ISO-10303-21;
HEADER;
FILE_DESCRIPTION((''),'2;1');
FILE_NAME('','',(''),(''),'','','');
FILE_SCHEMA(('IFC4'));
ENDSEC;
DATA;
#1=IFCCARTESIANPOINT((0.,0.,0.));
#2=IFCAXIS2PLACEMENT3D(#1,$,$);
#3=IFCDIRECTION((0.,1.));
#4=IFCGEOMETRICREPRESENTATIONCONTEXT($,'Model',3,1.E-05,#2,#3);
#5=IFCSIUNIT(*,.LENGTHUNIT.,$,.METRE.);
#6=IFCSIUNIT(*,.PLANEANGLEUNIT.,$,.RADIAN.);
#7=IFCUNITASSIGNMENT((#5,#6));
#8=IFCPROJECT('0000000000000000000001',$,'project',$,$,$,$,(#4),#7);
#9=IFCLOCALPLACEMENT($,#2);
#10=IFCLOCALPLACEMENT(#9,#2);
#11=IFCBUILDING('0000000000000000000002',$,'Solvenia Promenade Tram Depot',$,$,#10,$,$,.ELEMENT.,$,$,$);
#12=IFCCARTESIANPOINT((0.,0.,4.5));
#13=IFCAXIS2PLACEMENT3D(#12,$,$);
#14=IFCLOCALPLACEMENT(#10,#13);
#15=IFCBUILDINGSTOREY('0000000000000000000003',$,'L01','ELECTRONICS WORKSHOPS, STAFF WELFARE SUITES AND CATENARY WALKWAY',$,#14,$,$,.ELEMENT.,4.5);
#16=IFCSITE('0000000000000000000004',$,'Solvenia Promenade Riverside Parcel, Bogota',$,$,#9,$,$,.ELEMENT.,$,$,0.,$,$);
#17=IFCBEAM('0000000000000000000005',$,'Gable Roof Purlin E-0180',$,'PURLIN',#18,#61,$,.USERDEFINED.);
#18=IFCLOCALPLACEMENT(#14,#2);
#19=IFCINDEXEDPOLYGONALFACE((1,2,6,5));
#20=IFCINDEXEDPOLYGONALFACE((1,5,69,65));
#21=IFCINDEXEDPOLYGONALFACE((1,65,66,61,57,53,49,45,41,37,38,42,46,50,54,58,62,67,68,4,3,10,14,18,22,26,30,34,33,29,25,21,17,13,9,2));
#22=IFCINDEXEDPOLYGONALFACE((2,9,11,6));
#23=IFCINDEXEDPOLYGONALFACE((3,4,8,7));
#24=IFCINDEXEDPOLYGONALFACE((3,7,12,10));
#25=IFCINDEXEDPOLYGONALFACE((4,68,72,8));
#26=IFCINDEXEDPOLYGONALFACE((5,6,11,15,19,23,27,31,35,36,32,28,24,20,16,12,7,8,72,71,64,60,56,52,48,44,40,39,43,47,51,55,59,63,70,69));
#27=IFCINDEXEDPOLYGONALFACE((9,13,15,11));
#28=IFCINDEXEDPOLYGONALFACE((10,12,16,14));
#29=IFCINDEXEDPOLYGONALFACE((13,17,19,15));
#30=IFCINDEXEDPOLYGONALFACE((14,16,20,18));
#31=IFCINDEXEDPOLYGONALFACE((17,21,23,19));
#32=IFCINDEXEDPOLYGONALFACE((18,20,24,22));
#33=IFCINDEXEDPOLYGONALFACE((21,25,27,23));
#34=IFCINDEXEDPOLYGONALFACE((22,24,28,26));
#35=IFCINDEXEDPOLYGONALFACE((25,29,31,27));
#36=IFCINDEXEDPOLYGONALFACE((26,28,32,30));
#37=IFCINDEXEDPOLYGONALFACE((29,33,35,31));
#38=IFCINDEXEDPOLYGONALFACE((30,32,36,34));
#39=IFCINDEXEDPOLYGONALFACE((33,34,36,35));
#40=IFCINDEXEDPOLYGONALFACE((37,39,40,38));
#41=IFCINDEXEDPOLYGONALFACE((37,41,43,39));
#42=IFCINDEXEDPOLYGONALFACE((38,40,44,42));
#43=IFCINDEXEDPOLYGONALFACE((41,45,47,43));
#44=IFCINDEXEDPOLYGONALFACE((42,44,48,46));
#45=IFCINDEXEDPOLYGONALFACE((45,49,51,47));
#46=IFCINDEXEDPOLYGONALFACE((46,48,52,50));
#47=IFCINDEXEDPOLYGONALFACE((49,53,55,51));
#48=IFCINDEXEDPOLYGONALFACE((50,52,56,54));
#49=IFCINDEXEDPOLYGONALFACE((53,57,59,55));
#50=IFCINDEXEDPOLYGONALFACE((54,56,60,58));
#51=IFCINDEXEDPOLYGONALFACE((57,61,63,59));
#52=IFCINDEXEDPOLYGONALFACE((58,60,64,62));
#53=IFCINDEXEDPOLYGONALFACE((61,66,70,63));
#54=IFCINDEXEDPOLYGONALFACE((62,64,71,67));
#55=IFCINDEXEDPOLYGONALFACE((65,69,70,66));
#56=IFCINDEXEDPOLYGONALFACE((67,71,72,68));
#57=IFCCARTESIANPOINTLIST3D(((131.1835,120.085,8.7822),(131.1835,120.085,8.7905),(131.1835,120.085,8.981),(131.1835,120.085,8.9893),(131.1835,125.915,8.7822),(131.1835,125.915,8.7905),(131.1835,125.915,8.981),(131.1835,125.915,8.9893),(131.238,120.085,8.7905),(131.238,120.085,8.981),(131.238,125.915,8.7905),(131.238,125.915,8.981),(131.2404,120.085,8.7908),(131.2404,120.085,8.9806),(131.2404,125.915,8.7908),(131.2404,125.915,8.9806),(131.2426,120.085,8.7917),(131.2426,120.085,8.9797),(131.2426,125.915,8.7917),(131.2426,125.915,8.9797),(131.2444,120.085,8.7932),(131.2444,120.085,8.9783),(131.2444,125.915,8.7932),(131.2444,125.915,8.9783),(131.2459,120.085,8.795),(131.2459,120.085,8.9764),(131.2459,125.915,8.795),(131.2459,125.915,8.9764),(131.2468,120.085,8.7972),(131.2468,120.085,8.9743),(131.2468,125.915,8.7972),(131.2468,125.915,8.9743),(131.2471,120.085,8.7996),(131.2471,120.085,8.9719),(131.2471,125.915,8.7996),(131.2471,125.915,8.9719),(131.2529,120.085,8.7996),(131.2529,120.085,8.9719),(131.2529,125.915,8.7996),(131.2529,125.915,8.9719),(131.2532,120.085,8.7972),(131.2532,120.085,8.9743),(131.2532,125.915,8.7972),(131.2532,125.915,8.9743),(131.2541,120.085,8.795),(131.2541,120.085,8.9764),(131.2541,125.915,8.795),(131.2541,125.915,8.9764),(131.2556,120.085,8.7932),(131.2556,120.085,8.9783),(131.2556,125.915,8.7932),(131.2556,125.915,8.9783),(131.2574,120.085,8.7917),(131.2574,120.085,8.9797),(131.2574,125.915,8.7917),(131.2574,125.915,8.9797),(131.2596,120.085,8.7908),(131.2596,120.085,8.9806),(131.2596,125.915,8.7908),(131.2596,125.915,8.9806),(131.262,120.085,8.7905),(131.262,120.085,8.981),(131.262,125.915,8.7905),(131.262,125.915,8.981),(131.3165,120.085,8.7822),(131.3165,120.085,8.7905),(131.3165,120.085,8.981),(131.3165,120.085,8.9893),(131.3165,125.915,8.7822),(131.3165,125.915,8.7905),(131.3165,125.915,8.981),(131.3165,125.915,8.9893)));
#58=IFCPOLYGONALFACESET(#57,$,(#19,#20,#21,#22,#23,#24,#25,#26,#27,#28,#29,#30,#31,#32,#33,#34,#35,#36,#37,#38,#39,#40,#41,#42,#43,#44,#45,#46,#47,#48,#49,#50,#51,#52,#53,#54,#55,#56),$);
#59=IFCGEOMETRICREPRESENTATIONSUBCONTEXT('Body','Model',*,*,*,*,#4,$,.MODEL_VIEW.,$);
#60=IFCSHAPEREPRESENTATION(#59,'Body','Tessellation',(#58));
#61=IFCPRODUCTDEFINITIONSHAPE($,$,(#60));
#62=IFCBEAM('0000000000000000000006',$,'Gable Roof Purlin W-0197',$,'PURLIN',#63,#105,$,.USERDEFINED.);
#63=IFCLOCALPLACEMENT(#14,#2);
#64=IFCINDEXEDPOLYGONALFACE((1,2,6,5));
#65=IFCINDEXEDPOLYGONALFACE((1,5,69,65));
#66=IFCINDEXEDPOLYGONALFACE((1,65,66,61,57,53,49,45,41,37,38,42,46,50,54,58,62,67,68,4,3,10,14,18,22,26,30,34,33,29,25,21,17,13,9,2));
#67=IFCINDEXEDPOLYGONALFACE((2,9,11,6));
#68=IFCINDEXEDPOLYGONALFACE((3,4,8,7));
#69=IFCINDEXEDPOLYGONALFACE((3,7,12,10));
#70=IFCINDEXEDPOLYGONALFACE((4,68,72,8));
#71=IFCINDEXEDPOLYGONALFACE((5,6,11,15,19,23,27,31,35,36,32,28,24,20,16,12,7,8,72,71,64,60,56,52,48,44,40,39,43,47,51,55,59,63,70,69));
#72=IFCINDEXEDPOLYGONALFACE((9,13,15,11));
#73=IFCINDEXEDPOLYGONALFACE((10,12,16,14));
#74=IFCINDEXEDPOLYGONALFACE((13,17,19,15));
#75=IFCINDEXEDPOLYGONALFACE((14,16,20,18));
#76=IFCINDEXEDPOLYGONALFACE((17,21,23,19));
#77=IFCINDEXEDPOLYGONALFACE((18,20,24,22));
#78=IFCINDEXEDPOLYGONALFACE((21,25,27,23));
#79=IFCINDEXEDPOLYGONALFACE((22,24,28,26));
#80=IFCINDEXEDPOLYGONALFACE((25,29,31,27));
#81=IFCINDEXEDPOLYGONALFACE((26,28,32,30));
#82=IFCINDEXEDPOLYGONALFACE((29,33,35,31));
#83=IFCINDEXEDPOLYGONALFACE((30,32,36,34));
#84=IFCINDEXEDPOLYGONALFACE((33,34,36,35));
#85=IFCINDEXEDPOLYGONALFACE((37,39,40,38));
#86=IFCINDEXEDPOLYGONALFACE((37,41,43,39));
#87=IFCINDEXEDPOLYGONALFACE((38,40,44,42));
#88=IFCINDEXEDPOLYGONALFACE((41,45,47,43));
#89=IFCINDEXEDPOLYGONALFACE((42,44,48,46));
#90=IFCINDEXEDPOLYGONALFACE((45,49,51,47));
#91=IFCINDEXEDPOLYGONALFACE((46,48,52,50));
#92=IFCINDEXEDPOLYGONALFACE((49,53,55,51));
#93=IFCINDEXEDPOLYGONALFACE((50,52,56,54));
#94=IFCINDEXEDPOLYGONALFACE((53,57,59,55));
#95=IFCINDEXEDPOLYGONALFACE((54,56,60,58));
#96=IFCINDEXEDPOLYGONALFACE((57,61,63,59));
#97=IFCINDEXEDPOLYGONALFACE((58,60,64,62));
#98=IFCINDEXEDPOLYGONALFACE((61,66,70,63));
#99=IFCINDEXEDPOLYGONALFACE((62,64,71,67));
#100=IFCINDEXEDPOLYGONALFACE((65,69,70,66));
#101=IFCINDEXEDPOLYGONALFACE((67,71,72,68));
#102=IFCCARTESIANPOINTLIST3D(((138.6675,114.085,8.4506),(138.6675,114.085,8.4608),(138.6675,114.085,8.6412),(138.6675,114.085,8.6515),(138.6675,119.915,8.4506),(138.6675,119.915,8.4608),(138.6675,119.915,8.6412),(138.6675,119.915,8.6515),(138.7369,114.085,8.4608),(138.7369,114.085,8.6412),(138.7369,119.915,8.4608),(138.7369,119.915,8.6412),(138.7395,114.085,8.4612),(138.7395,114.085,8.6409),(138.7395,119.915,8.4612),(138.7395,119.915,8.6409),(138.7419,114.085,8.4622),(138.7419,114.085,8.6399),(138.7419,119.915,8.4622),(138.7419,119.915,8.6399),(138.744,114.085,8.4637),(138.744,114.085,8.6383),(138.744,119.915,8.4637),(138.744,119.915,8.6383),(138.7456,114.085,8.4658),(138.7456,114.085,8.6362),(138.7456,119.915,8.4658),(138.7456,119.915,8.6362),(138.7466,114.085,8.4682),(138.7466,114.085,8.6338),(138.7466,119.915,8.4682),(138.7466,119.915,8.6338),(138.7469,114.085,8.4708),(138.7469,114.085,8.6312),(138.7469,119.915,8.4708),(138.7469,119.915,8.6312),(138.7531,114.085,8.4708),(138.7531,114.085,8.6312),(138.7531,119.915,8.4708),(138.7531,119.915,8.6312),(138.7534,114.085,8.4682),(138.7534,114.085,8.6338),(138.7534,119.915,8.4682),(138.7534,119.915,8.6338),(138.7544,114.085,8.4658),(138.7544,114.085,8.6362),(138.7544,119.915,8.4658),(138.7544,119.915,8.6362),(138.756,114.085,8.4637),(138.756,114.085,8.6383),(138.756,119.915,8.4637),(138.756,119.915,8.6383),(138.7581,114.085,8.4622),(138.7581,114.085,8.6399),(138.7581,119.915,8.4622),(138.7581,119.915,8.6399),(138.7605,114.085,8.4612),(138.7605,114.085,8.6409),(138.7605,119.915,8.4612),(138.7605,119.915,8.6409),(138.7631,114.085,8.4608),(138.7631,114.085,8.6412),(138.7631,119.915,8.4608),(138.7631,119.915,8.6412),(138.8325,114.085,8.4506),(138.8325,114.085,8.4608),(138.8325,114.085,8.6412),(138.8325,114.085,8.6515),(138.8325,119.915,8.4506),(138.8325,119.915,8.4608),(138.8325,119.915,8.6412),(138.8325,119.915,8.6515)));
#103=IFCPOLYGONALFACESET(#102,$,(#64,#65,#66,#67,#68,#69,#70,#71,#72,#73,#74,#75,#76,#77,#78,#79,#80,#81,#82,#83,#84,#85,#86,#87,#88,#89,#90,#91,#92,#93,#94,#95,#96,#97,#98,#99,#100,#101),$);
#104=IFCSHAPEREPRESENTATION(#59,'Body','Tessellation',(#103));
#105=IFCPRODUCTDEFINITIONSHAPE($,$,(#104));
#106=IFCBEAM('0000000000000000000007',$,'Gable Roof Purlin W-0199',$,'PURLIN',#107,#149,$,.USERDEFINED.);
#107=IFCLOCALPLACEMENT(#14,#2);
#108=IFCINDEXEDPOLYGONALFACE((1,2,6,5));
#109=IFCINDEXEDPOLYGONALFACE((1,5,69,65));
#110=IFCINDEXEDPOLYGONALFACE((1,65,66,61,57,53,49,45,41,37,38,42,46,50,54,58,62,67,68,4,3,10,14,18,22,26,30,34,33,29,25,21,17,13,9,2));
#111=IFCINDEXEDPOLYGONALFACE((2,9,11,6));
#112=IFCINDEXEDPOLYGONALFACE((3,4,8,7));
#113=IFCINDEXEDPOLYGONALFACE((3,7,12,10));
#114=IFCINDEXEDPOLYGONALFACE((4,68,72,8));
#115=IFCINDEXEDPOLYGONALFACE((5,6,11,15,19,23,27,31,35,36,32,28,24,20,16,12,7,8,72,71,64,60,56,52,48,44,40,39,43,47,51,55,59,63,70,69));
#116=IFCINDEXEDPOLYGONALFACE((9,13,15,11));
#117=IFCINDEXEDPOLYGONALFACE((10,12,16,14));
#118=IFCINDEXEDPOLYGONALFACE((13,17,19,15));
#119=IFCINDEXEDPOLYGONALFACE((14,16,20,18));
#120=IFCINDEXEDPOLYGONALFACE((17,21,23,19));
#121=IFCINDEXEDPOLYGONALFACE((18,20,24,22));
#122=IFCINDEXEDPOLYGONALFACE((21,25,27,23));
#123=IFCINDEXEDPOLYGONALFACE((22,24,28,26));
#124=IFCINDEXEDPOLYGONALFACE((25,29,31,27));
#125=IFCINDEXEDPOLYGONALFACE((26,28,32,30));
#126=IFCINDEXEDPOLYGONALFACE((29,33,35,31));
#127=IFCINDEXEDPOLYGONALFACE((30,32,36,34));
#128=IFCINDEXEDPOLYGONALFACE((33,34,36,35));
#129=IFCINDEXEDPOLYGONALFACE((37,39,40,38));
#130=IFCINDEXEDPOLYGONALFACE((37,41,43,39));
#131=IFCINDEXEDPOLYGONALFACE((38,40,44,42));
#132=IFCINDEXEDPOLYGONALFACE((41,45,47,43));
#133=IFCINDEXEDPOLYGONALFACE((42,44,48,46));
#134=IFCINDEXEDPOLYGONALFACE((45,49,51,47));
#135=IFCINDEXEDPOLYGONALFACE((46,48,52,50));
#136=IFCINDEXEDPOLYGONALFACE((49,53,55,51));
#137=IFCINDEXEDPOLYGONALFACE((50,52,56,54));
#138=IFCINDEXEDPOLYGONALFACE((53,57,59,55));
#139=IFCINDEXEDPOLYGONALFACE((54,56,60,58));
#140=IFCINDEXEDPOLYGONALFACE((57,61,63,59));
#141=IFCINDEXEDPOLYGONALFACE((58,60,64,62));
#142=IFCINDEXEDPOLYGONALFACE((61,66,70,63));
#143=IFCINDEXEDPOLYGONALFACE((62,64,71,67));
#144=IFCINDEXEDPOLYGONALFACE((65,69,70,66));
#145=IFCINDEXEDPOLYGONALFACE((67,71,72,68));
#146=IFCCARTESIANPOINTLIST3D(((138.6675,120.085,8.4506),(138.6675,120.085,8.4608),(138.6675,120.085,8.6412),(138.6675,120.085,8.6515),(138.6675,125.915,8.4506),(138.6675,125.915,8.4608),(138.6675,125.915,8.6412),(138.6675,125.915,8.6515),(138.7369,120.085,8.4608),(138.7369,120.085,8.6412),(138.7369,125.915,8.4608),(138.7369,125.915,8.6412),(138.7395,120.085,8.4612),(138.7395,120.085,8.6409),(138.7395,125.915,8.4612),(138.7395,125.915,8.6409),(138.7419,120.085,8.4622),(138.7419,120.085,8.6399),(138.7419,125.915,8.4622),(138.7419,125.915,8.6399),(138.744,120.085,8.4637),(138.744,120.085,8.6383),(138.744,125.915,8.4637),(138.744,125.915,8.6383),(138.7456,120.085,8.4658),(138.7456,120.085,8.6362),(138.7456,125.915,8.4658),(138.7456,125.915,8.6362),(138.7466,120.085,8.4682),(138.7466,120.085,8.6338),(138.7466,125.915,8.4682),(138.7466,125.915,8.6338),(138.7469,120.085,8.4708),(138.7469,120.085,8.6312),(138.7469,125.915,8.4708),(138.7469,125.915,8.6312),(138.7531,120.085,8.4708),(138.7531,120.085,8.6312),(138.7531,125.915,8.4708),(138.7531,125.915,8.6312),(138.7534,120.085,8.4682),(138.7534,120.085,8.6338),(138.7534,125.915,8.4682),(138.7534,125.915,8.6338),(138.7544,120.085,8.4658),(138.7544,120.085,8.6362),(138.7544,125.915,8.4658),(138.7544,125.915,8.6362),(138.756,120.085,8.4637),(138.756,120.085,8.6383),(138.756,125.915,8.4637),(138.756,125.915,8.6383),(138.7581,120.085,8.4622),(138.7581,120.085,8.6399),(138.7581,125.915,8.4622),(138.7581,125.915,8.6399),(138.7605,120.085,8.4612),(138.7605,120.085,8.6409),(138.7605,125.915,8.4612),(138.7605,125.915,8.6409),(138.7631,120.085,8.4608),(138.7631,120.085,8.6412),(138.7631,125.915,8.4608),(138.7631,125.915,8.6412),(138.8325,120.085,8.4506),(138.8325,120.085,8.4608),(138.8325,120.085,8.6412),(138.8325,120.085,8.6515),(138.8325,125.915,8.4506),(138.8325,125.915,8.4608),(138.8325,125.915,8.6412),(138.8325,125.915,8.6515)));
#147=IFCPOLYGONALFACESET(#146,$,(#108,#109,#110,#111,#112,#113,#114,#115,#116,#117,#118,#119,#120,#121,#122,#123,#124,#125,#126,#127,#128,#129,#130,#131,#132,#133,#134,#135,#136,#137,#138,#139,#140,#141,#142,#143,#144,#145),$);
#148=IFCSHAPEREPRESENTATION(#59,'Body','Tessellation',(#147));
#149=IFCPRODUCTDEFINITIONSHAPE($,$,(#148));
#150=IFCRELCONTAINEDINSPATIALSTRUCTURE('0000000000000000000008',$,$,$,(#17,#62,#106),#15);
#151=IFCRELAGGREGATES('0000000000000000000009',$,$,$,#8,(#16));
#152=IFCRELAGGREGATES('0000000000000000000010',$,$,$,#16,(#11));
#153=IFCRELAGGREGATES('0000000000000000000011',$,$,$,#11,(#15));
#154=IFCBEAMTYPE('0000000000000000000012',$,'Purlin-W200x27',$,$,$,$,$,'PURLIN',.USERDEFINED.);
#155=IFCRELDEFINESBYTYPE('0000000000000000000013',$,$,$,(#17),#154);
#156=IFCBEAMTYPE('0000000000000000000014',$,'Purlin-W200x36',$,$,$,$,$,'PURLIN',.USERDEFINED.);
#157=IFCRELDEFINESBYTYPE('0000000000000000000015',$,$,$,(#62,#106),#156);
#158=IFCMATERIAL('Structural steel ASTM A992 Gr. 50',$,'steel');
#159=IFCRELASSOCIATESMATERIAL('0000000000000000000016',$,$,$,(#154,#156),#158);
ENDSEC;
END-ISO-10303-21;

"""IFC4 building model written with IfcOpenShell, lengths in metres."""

from ifc_helpers import new_model, si_unit, direction, frame, origin, origin_2d, place, context, subcontext, project, spatial, i_section, extrude, material, material_profile, profile_set, type_object, element, save


model = new_model("IFC4")

# Units and contexts
model_context = context("Model", 3, precision=1e-05, world=origin(), true_north=direction((0.0, 1.0)))
body_context = subcontext(model_context, "Body", "Model", "MODEL_VIEW")
ifc_project = project(units=[si_unit("LENGTHUNIT", "METRE"), si_unit("PLANEANGLEUNIT", "RADIAN")], contexts=[model_context])

# Site, building, storey
site_placement = place(None, origin())
site = spatial("IfcSite", under=ifc_project, at=site_placement, Name="Solvenia Promenade Riverside Parcel, Bogota", CompositionType="ELEMENT", RefElevation=0.0)
building_placement = place(site_placement, origin())
building = spatial("IfcBuilding", under=site, at=building_placement, Name="Solvenia Promenade Tram Depot", CompositionType="ELEMENT")
storey_placement = place(building_placement, frame((0.0, 0.0, 4.5)))
storey = spatial("IfcBuildingStorey", under=building, at=storey_placement, Name="L01", Description="ELECTRONICS WORKSHOPS, STAFF WELFARE SUITES AND CATENARY WALKWAY", CompositionType="ELEMENT", Elevation=4.5)

# Shared definitions
ifc_material_1 = material(Name="Structural steel ASTM A992 Gr. 50", Category="steel")

# Beams
ifc_material_profile_1 = material_profile(ifc_material_1, i_section(OverallWidth=0.1331, OverallDepth=0.207, WebThickness=0.0059, FlangeThickness=0.0083, FilletRadius=0.009, at=origin_2d()), Name="W200x27", Category="steel")
ifc_profile_set_1 = profile_set([ifc_material_profile_1], Name="Structural steel ASTM A992 Gr. 50")
beam_type_1 = type_object("IfcBeamType", Name="Purlin-W200x27", ElementType="PURLIN", PredefinedType="USERDEFINED", material=ifc_profile_set_1)
for number, where, z_axis, x_axis, name in (
    (1, (131.25, 120.085, 8.8857), (0.0, 1.0, 0.0), (-1.0, 0.0, 0.0), "Gable Roof Purlin E-0180"),
):
    element("IfcBeam", number, at=place(storey_placement, frame(where, z_axis=z_axis, x_axis=x_axis)), inside=storey, type_object=beam_type_1, Name=name, ObjectType="PURLIN", PredefinedType="USERDEFINED", context=body_context, shape_type="SweptSolid", body=[
        extrude(i_section(OverallWidth=0.1331, OverallDepth=0.207, WebThickness=0.0059, FlangeThickness=0.0083, FilletRadius=0.009, at=origin_2d()), origin(), (0.0, 0.0, 1.0), 5.8301),
    ])
ifc_material_profile_2 = material_profile(ifc_material_1, i_section(OverallWidth=0.165, OverallDepth=0.2009, WebThickness=0.0061, FlangeThickness=0.0103, FilletRadius=0.01, at=origin_2d()), Name="W200x36", Category="steel")
ifc_profile_set_2 = profile_set([ifc_material_profile_2], Name="Structural steel ASTM A992 Gr. 50")
beam_type_2 = type_object("IfcBeamType", Name="Purlin-W200x36", ElementType="PURLIN", PredefinedType="USERDEFINED", material=ifc_profile_set_2)
for number, where, z_axis, x_axis, name in (
    (2, (138.75, 114.085, 8.551), (0.0, 1.0, 0.0), (-1.0, 0.0, 0.0), "Gable Roof Purlin W-0197"),
    (3, (138.75, 120.085, 8.551), (0.0, 1.0, 0.0), (-1.0, 0.0, 0.0), "Gable Roof Purlin W-0199"),
):
    element("IfcBeam", number, at=place(storey_placement, frame(where, z_axis=z_axis, x_axis=x_axis)), inside=storey, type_object=beam_type_2, Name=name, ObjectType="PURLIN", PredefinedType="USERDEFINED", context=body_context, shape_type="SweptSolid", body=[
        extrude(i_section(OverallWidth=0.165, OverallDepth=0.2009, WebThickness=0.0061, FlangeThickness=0.0103, FilletRadius=0.01, at=origin_2d()), origin(), (0.0, 0.0, 1.0), 5.8301),
    ])

save(model, "model.ifc")
